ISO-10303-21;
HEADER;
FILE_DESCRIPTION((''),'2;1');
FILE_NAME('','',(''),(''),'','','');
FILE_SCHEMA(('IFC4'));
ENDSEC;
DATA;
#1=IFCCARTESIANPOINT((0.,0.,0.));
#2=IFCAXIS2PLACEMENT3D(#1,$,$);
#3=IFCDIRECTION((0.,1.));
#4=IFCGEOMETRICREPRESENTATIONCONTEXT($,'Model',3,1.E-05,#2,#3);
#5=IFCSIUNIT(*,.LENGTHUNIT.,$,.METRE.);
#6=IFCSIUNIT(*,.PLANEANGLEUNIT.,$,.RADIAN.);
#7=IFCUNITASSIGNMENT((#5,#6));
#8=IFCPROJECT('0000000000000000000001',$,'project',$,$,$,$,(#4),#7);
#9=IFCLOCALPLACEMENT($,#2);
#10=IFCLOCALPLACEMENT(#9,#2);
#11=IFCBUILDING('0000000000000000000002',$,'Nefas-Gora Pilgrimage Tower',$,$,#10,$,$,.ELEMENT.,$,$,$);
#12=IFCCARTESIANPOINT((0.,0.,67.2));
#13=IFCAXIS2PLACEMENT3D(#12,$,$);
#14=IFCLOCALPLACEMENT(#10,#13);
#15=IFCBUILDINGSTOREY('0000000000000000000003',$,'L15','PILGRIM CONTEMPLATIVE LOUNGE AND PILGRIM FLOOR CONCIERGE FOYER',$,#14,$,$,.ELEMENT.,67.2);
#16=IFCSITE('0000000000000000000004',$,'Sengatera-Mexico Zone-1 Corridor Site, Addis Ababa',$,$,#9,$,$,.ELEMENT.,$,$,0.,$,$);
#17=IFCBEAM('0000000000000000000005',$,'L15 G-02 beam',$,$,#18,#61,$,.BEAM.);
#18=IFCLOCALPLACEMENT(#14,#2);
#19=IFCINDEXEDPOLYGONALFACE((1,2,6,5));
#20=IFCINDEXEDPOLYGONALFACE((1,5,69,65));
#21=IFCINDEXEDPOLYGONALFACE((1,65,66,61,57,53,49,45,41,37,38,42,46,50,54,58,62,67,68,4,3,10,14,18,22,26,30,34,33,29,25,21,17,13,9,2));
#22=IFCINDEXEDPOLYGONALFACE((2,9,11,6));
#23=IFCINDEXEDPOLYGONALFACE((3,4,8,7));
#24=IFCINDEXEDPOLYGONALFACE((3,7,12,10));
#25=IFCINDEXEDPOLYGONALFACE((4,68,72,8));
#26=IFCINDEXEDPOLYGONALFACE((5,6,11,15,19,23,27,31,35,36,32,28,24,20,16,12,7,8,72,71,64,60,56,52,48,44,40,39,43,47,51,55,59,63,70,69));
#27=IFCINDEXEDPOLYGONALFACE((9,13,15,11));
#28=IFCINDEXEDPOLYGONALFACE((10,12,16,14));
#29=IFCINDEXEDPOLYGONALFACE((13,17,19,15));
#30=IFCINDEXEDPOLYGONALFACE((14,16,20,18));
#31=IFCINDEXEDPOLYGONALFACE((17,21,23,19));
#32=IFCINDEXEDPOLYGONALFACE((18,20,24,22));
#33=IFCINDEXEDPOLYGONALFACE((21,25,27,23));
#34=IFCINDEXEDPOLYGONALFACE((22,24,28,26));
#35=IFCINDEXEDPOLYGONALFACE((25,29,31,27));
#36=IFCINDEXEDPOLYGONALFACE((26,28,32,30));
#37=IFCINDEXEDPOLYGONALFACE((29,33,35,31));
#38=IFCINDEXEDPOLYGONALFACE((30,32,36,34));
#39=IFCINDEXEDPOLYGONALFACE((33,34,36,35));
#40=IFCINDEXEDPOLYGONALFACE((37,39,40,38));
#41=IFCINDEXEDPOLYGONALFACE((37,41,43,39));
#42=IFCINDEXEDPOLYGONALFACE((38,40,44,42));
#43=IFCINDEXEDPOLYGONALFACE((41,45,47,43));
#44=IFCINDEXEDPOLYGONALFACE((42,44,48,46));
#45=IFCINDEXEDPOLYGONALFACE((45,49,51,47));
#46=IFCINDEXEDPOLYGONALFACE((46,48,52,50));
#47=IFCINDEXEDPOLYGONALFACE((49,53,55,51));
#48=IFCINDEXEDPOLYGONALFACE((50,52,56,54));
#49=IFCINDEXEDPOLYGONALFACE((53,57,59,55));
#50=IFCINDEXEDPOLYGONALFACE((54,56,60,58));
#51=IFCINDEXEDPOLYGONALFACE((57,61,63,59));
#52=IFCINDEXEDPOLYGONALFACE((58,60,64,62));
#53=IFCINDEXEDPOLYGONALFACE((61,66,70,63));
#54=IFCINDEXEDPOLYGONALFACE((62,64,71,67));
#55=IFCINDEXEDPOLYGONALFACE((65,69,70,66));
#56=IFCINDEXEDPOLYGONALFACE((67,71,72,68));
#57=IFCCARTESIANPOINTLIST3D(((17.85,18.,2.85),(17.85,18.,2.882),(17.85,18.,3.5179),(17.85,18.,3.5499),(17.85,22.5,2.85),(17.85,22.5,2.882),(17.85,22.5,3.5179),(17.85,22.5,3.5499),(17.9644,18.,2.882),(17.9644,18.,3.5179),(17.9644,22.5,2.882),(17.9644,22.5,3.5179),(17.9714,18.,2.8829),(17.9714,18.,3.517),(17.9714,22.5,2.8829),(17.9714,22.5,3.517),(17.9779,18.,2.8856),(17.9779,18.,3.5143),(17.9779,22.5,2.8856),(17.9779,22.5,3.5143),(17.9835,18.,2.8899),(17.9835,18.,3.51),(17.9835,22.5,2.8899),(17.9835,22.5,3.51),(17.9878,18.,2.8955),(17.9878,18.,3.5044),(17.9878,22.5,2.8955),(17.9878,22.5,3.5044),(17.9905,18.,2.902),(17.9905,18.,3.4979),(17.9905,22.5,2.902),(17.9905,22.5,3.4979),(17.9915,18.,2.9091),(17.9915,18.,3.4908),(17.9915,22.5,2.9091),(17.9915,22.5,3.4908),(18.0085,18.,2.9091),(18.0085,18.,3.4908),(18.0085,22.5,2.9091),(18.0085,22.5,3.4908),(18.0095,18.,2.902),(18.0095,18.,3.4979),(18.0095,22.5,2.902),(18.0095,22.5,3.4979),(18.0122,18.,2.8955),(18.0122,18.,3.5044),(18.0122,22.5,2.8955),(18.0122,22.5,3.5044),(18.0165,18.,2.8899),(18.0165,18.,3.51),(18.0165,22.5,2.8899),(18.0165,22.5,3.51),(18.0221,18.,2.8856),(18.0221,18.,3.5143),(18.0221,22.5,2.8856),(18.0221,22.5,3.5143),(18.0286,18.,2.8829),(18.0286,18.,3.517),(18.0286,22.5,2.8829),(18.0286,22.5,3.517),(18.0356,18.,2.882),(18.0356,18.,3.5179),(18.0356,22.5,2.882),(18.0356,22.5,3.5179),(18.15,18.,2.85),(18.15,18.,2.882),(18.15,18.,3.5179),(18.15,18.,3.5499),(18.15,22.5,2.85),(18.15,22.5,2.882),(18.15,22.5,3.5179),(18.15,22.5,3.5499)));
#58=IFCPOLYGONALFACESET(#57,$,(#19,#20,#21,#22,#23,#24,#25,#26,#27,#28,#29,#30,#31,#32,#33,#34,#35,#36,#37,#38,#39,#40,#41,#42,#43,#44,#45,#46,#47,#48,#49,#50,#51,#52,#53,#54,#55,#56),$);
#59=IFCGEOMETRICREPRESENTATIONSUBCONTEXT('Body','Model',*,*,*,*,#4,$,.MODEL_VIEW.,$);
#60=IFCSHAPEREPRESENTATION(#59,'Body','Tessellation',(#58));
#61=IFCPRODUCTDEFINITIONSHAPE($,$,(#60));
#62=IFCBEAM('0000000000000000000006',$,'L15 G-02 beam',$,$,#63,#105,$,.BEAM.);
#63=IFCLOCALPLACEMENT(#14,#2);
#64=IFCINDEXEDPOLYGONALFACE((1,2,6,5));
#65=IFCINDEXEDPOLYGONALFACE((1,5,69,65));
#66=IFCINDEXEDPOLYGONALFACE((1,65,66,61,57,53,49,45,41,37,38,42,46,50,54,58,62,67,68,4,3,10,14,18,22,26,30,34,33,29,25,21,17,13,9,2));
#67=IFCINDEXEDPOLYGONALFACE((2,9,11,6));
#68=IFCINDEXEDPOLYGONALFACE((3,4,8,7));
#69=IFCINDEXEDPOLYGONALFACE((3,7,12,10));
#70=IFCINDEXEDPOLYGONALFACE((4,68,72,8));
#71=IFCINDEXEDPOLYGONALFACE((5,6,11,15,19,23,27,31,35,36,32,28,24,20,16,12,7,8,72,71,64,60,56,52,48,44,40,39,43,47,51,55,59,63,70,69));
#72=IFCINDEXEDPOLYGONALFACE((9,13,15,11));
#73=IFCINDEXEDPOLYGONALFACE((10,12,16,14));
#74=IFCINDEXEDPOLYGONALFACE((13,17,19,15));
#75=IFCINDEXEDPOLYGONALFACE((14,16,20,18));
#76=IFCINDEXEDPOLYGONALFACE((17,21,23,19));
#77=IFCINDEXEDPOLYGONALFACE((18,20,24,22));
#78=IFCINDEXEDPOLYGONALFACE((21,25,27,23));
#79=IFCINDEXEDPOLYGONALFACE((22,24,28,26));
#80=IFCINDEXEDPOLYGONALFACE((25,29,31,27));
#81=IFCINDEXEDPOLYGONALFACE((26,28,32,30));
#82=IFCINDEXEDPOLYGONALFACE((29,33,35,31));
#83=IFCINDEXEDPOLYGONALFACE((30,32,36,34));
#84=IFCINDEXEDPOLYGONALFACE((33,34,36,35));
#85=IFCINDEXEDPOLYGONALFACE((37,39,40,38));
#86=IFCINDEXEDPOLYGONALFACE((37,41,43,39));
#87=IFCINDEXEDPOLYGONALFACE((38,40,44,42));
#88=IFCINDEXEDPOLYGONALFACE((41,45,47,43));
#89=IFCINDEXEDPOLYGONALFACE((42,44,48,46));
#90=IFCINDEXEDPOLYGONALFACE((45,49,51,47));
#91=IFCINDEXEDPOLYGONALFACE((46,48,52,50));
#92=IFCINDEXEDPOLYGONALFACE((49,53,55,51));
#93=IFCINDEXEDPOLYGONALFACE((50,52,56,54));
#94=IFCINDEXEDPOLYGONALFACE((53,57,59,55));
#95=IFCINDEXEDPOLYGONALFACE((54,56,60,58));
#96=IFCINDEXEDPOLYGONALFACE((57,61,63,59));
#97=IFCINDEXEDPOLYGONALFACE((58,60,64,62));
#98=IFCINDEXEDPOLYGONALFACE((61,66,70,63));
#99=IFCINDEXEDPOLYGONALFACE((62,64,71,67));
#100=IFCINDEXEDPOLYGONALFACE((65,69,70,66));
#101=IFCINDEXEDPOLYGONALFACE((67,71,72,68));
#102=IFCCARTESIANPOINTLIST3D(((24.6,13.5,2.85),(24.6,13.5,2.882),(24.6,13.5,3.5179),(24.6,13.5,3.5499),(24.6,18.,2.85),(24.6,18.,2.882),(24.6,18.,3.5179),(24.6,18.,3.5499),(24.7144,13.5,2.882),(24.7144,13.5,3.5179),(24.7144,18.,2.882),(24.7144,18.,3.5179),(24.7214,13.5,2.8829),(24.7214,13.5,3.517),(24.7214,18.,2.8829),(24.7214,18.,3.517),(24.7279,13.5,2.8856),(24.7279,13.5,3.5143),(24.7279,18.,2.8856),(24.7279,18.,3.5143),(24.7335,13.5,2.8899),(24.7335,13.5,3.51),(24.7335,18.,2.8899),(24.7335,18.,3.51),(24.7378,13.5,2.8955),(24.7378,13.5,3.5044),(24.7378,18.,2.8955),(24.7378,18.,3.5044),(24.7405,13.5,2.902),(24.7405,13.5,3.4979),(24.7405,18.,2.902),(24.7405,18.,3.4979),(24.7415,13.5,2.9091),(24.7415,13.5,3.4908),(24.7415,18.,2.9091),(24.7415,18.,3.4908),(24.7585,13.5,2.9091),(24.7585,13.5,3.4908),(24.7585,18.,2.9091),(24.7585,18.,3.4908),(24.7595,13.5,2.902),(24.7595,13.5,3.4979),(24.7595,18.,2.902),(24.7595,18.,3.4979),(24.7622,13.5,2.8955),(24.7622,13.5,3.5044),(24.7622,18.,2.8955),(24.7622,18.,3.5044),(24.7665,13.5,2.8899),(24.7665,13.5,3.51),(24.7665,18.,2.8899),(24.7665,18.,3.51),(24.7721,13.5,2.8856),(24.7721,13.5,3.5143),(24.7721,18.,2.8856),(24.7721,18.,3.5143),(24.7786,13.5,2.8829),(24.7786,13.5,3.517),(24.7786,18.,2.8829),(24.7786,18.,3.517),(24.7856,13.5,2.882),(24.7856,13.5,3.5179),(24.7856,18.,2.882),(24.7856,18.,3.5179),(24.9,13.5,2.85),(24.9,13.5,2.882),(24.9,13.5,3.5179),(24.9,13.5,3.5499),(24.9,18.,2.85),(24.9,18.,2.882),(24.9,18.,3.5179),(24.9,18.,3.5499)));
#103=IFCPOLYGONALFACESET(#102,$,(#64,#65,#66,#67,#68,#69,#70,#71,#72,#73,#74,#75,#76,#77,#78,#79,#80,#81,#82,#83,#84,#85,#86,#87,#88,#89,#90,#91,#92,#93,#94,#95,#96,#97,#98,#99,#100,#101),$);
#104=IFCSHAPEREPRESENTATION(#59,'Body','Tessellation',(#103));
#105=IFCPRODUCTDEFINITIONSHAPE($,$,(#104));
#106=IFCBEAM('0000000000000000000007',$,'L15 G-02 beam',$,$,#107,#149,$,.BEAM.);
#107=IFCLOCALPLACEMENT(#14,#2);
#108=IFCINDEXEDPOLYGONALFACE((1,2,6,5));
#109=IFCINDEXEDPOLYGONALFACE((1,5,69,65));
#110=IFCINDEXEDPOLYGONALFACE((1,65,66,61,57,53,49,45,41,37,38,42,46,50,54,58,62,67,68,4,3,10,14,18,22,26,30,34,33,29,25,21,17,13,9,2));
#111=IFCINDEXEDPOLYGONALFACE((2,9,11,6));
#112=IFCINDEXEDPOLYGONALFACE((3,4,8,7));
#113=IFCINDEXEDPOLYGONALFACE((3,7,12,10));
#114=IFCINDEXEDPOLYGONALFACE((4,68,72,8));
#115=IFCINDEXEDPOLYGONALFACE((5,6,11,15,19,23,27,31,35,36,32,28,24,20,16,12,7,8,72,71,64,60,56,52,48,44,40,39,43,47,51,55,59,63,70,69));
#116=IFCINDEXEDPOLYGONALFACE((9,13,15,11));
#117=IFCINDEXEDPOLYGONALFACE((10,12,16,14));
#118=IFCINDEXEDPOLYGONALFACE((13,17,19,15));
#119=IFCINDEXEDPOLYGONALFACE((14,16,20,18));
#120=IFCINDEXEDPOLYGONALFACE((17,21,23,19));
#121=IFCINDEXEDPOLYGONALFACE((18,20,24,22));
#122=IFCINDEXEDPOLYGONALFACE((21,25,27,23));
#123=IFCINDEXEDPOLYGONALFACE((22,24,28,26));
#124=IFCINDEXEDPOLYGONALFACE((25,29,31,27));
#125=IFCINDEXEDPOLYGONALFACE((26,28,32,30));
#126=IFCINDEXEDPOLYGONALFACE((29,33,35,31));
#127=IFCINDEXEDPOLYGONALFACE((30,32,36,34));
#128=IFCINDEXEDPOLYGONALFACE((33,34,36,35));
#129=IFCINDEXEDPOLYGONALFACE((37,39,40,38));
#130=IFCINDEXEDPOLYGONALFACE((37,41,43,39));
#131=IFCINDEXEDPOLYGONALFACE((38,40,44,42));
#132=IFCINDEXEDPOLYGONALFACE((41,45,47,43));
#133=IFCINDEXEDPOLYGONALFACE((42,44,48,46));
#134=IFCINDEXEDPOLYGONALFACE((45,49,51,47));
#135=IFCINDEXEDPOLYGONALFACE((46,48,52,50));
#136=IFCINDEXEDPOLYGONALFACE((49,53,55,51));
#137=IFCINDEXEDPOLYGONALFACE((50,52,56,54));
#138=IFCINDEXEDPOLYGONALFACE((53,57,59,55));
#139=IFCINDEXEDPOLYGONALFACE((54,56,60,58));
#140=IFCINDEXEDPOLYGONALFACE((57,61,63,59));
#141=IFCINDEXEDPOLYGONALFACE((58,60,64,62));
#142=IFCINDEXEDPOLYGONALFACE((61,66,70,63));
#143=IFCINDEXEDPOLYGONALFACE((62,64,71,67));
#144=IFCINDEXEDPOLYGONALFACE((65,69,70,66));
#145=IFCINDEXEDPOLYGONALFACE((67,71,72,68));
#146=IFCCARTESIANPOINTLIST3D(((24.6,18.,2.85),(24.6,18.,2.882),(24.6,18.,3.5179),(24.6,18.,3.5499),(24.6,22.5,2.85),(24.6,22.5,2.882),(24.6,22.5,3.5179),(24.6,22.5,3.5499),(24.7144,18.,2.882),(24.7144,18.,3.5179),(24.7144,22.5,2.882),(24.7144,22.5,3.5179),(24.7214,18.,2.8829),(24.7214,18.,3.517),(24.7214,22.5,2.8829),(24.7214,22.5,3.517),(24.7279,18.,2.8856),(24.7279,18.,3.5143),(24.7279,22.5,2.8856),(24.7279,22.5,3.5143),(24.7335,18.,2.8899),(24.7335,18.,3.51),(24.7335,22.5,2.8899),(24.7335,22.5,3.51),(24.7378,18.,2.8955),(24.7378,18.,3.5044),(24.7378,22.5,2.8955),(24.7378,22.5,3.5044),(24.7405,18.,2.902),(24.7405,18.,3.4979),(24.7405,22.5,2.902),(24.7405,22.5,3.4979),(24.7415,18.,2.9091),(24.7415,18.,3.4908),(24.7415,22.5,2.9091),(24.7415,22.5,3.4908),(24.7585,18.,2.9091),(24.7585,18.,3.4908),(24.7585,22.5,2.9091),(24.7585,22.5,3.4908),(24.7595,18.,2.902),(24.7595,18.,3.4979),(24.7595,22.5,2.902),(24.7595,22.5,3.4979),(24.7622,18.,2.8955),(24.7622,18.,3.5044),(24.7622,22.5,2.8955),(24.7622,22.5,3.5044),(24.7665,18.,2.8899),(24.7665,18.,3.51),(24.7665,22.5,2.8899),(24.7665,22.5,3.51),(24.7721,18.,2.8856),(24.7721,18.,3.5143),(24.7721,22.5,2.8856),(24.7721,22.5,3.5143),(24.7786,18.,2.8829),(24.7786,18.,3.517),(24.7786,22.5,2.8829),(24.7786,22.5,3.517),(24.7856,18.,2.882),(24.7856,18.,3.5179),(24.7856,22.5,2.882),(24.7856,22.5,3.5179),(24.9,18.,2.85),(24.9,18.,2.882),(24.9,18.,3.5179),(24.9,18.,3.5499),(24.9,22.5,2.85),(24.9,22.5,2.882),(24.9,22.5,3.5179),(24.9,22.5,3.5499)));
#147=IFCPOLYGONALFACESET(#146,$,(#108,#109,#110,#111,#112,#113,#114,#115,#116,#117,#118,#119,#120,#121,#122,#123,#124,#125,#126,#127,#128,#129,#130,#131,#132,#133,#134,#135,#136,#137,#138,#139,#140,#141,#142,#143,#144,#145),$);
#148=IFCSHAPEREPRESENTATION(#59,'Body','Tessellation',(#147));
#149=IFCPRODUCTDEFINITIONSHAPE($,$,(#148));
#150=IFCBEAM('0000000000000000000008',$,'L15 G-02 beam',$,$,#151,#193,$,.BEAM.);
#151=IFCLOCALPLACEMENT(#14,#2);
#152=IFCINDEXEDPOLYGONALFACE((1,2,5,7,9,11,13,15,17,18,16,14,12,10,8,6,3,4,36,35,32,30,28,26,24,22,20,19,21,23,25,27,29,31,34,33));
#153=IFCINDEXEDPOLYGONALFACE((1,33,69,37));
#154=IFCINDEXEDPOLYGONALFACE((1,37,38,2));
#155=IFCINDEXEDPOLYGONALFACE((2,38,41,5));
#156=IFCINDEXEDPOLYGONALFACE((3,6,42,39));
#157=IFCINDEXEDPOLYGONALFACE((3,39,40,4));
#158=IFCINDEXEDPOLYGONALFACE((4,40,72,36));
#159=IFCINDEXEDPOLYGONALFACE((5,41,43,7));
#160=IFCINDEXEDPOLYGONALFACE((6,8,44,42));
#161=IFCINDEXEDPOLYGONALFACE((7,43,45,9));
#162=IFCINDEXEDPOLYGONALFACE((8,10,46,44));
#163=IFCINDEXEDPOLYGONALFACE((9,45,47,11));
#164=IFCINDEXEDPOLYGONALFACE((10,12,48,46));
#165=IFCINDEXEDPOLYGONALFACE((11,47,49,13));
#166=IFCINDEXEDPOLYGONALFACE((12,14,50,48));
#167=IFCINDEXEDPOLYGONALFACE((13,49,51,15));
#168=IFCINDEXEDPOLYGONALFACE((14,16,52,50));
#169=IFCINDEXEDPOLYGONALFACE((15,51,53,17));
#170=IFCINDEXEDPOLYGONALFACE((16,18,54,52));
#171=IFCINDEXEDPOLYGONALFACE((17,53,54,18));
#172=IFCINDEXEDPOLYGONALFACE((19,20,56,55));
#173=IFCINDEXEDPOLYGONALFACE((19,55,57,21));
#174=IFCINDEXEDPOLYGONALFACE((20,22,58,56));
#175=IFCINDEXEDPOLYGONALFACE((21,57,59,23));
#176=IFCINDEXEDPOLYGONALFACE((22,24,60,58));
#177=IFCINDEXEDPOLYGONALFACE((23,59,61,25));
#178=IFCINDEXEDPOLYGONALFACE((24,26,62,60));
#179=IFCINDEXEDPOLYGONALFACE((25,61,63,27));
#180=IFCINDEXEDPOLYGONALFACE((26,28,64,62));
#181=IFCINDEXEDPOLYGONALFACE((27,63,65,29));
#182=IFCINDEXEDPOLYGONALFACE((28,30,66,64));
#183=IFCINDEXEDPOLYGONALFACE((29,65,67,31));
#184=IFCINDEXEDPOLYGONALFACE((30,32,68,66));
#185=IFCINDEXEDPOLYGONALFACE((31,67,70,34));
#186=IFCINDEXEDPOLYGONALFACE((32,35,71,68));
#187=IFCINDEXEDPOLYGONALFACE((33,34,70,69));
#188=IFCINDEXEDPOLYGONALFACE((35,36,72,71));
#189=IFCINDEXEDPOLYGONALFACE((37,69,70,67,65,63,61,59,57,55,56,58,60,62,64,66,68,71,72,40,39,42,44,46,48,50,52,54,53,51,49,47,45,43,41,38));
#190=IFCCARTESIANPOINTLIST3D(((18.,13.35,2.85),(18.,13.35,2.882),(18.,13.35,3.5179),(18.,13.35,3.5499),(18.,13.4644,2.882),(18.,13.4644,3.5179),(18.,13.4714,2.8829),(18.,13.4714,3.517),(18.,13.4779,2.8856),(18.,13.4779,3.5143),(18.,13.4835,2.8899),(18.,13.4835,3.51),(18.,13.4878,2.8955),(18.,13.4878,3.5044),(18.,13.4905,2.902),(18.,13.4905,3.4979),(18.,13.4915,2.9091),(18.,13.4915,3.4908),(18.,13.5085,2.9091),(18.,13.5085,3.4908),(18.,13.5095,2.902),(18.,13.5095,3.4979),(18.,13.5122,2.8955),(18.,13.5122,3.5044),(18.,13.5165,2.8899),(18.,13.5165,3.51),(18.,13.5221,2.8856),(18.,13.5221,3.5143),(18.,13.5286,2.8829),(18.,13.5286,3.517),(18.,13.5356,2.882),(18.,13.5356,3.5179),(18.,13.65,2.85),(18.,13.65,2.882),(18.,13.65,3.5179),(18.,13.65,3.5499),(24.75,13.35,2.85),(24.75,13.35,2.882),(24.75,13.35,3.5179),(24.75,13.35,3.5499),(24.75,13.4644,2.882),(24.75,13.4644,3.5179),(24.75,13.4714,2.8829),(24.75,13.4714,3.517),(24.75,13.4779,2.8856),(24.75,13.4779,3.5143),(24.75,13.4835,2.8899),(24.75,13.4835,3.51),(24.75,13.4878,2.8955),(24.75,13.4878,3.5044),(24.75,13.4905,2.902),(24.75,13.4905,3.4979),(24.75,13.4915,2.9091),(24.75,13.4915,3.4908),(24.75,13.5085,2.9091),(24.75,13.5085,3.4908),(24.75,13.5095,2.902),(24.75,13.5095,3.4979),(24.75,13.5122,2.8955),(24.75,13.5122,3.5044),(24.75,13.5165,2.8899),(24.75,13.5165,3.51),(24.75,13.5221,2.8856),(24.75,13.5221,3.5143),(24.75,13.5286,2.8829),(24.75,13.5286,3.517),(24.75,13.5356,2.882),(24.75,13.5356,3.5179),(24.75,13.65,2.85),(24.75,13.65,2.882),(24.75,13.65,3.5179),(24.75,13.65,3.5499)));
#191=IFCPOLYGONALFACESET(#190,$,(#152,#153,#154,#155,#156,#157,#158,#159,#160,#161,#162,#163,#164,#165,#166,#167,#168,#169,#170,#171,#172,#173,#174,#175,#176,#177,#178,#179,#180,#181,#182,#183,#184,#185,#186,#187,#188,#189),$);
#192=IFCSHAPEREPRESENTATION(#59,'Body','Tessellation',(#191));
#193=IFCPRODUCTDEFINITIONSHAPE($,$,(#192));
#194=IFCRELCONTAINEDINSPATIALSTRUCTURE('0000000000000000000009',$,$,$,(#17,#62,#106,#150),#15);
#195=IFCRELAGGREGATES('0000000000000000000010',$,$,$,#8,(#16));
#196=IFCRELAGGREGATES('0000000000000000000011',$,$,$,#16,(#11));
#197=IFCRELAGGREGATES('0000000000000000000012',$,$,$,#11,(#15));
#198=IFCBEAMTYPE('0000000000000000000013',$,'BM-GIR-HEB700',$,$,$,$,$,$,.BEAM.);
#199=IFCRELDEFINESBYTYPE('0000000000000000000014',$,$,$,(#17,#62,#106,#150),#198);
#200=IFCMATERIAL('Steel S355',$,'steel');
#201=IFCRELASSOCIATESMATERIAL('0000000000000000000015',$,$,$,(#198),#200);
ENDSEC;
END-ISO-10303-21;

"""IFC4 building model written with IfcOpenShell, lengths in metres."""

from ifc_helpers import new_model, si_unit, direction, frame, origin, origin_2d, place, context, subcontext, project, spatial, i_section, extrude, source, transform, mapped, material, material_profile, profile_set, type_object, element, save


model = new_model("IFC4")

# Units and contexts
model_context = context("Model", 3, precision=1e-05, world=origin(), true_north=direction((0.0, 1.0)))
body_context = subcontext(model_context, "Body", "Model", "MODEL_VIEW")
ifc_project = project(units=[si_unit("LENGTHUNIT", "METRE"), si_unit("PLANEANGLEUNIT", "RADIAN")], contexts=[model_context])

# Site, building, storey
site_placement = place(None, origin())
site = spatial("IfcSite", under=ifc_project, at=site_placement, Name="Sengatera-Mexico Zone-1 Corridor Site, Addis Ababa", CompositionType="ELEMENT", RefElevation=0.0)
building_placement = place(site_placement, origin())
building = spatial("IfcBuilding", under=site, at=building_placement, Name="Nefas-Gora Pilgrimage Tower", CompositionType="ELEMENT")
storey_placement = place(building_placement, frame((0.0, 0.0, 67.2)))
storey = spatial("IfcBuildingStorey", under=building, at=storey_placement, Name="L15", Description="PILGRIM CONTEMPLATIVE LOUNGE AND PILGRIM FLOOR CONCIERGE FOYER", CompositionType="ELEMENT", Elevation=67.2)

# Beams
ifc_material_1 = material(Name="Steel S355", Category="steel")
ifc_material_profile_1 = material_profile(ifc_material_1, i_section(OverallWidth=0.3, OverallDepth=0.7, WebThickness=0.0171, FlangeThickness=0.032, FilletRadius=0.0271, at=origin_2d()), Name="HEB 700")
ifc_profile_set_1 = profile_set([ifc_material_profile_1], Name="Steel S355")
beam_type_1 = type_object("IfcBeamType", Name="BM-GIR-HEB700", PredefinedType="BEAM", material=ifc_profile_set_1)
shared_shape_1 = source(origin(), body_context, "Body", "SweptSolid", [
    extrude(i_section(OverallWidth=0.3, OverallDepth=0.7, WebThickness=0.0171, FlangeThickness=0.032, FilletRadius=0.0271, at=origin_2d()), origin(), (0.0, 0.0, 1.0), 4.5),
])
for number, where, z_axis, x_axis, name in (
    (1, (18.0, 18.0, 3.2), (0.0, 1.0, 0.0), (-1.0, 0.0, 0.0), "L15 G-02 beam"),
    (2, (24.75, 13.5, 3.2), (0.0, 1.0, 0.0), (-1.0, 0.0, 0.0), "L15 G-02 beam"),
    (3, (24.75, 18.0, 3.2), (0.0, 1.0, 0.0), (-1.0, 0.0, 0.0), "L15 G-02 beam"),
):
    element("IfcBeam", number, at=place(storey_placement, frame(where, z_axis=z_axis, x_axis=x_axis)), inside=storey, type_object=beam_type_1, Name=name, PredefinedType="BEAM", context=body_context, shape_type="MappedRepresentation", body=[
        mapped(shared_shape_1, transform((0.0, 0.0, 0.0), x_axis=(1.0, 0.0, 0.0), y_axis=(0.0, 1.0, 0.0), z_axis=(0.0, 0.0, 1.0), scale=1.0)),
    ])
shared_shape_2 = source(origin(), body_context, "Body", "SweptSolid", [
    extrude(i_section(OverallWidth=0.3, OverallDepth=0.7, WebThickness=0.0171, FlangeThickness=0.032, FilletRadius=0.0271, at=origin_2d()), origin(), (0.0, 0.0, 1.0), 6.75),
])
for number, where, z_axis, x_axis, name in (
    (4, (18.0, 13.5, 3.2), (1.0, 0.0, 0.0), (0.0, 1.0, 0.0), "L15 G-02 beam"),
):
    element("IfcBeam", number, at=place(storey_placement, frame(where, z_axis=z_axis, x_axis=x_axis)), inside=storey, type_object=beam_type_1, Name=name, PredefinedType="BEAM", context=body_context, shape_type="MappedRepresentation", body=[
        mapped(shared_shape_2, transform((0.0, 0.0, 0.0), x_axis=(1.0, 0.0, 0.0), y_axis=(0.0, 1.0, 0.0), z_axis=(0.0, 0.0, 1.0), scale=1.0)),
    ])

save(model, "model.ifc")
